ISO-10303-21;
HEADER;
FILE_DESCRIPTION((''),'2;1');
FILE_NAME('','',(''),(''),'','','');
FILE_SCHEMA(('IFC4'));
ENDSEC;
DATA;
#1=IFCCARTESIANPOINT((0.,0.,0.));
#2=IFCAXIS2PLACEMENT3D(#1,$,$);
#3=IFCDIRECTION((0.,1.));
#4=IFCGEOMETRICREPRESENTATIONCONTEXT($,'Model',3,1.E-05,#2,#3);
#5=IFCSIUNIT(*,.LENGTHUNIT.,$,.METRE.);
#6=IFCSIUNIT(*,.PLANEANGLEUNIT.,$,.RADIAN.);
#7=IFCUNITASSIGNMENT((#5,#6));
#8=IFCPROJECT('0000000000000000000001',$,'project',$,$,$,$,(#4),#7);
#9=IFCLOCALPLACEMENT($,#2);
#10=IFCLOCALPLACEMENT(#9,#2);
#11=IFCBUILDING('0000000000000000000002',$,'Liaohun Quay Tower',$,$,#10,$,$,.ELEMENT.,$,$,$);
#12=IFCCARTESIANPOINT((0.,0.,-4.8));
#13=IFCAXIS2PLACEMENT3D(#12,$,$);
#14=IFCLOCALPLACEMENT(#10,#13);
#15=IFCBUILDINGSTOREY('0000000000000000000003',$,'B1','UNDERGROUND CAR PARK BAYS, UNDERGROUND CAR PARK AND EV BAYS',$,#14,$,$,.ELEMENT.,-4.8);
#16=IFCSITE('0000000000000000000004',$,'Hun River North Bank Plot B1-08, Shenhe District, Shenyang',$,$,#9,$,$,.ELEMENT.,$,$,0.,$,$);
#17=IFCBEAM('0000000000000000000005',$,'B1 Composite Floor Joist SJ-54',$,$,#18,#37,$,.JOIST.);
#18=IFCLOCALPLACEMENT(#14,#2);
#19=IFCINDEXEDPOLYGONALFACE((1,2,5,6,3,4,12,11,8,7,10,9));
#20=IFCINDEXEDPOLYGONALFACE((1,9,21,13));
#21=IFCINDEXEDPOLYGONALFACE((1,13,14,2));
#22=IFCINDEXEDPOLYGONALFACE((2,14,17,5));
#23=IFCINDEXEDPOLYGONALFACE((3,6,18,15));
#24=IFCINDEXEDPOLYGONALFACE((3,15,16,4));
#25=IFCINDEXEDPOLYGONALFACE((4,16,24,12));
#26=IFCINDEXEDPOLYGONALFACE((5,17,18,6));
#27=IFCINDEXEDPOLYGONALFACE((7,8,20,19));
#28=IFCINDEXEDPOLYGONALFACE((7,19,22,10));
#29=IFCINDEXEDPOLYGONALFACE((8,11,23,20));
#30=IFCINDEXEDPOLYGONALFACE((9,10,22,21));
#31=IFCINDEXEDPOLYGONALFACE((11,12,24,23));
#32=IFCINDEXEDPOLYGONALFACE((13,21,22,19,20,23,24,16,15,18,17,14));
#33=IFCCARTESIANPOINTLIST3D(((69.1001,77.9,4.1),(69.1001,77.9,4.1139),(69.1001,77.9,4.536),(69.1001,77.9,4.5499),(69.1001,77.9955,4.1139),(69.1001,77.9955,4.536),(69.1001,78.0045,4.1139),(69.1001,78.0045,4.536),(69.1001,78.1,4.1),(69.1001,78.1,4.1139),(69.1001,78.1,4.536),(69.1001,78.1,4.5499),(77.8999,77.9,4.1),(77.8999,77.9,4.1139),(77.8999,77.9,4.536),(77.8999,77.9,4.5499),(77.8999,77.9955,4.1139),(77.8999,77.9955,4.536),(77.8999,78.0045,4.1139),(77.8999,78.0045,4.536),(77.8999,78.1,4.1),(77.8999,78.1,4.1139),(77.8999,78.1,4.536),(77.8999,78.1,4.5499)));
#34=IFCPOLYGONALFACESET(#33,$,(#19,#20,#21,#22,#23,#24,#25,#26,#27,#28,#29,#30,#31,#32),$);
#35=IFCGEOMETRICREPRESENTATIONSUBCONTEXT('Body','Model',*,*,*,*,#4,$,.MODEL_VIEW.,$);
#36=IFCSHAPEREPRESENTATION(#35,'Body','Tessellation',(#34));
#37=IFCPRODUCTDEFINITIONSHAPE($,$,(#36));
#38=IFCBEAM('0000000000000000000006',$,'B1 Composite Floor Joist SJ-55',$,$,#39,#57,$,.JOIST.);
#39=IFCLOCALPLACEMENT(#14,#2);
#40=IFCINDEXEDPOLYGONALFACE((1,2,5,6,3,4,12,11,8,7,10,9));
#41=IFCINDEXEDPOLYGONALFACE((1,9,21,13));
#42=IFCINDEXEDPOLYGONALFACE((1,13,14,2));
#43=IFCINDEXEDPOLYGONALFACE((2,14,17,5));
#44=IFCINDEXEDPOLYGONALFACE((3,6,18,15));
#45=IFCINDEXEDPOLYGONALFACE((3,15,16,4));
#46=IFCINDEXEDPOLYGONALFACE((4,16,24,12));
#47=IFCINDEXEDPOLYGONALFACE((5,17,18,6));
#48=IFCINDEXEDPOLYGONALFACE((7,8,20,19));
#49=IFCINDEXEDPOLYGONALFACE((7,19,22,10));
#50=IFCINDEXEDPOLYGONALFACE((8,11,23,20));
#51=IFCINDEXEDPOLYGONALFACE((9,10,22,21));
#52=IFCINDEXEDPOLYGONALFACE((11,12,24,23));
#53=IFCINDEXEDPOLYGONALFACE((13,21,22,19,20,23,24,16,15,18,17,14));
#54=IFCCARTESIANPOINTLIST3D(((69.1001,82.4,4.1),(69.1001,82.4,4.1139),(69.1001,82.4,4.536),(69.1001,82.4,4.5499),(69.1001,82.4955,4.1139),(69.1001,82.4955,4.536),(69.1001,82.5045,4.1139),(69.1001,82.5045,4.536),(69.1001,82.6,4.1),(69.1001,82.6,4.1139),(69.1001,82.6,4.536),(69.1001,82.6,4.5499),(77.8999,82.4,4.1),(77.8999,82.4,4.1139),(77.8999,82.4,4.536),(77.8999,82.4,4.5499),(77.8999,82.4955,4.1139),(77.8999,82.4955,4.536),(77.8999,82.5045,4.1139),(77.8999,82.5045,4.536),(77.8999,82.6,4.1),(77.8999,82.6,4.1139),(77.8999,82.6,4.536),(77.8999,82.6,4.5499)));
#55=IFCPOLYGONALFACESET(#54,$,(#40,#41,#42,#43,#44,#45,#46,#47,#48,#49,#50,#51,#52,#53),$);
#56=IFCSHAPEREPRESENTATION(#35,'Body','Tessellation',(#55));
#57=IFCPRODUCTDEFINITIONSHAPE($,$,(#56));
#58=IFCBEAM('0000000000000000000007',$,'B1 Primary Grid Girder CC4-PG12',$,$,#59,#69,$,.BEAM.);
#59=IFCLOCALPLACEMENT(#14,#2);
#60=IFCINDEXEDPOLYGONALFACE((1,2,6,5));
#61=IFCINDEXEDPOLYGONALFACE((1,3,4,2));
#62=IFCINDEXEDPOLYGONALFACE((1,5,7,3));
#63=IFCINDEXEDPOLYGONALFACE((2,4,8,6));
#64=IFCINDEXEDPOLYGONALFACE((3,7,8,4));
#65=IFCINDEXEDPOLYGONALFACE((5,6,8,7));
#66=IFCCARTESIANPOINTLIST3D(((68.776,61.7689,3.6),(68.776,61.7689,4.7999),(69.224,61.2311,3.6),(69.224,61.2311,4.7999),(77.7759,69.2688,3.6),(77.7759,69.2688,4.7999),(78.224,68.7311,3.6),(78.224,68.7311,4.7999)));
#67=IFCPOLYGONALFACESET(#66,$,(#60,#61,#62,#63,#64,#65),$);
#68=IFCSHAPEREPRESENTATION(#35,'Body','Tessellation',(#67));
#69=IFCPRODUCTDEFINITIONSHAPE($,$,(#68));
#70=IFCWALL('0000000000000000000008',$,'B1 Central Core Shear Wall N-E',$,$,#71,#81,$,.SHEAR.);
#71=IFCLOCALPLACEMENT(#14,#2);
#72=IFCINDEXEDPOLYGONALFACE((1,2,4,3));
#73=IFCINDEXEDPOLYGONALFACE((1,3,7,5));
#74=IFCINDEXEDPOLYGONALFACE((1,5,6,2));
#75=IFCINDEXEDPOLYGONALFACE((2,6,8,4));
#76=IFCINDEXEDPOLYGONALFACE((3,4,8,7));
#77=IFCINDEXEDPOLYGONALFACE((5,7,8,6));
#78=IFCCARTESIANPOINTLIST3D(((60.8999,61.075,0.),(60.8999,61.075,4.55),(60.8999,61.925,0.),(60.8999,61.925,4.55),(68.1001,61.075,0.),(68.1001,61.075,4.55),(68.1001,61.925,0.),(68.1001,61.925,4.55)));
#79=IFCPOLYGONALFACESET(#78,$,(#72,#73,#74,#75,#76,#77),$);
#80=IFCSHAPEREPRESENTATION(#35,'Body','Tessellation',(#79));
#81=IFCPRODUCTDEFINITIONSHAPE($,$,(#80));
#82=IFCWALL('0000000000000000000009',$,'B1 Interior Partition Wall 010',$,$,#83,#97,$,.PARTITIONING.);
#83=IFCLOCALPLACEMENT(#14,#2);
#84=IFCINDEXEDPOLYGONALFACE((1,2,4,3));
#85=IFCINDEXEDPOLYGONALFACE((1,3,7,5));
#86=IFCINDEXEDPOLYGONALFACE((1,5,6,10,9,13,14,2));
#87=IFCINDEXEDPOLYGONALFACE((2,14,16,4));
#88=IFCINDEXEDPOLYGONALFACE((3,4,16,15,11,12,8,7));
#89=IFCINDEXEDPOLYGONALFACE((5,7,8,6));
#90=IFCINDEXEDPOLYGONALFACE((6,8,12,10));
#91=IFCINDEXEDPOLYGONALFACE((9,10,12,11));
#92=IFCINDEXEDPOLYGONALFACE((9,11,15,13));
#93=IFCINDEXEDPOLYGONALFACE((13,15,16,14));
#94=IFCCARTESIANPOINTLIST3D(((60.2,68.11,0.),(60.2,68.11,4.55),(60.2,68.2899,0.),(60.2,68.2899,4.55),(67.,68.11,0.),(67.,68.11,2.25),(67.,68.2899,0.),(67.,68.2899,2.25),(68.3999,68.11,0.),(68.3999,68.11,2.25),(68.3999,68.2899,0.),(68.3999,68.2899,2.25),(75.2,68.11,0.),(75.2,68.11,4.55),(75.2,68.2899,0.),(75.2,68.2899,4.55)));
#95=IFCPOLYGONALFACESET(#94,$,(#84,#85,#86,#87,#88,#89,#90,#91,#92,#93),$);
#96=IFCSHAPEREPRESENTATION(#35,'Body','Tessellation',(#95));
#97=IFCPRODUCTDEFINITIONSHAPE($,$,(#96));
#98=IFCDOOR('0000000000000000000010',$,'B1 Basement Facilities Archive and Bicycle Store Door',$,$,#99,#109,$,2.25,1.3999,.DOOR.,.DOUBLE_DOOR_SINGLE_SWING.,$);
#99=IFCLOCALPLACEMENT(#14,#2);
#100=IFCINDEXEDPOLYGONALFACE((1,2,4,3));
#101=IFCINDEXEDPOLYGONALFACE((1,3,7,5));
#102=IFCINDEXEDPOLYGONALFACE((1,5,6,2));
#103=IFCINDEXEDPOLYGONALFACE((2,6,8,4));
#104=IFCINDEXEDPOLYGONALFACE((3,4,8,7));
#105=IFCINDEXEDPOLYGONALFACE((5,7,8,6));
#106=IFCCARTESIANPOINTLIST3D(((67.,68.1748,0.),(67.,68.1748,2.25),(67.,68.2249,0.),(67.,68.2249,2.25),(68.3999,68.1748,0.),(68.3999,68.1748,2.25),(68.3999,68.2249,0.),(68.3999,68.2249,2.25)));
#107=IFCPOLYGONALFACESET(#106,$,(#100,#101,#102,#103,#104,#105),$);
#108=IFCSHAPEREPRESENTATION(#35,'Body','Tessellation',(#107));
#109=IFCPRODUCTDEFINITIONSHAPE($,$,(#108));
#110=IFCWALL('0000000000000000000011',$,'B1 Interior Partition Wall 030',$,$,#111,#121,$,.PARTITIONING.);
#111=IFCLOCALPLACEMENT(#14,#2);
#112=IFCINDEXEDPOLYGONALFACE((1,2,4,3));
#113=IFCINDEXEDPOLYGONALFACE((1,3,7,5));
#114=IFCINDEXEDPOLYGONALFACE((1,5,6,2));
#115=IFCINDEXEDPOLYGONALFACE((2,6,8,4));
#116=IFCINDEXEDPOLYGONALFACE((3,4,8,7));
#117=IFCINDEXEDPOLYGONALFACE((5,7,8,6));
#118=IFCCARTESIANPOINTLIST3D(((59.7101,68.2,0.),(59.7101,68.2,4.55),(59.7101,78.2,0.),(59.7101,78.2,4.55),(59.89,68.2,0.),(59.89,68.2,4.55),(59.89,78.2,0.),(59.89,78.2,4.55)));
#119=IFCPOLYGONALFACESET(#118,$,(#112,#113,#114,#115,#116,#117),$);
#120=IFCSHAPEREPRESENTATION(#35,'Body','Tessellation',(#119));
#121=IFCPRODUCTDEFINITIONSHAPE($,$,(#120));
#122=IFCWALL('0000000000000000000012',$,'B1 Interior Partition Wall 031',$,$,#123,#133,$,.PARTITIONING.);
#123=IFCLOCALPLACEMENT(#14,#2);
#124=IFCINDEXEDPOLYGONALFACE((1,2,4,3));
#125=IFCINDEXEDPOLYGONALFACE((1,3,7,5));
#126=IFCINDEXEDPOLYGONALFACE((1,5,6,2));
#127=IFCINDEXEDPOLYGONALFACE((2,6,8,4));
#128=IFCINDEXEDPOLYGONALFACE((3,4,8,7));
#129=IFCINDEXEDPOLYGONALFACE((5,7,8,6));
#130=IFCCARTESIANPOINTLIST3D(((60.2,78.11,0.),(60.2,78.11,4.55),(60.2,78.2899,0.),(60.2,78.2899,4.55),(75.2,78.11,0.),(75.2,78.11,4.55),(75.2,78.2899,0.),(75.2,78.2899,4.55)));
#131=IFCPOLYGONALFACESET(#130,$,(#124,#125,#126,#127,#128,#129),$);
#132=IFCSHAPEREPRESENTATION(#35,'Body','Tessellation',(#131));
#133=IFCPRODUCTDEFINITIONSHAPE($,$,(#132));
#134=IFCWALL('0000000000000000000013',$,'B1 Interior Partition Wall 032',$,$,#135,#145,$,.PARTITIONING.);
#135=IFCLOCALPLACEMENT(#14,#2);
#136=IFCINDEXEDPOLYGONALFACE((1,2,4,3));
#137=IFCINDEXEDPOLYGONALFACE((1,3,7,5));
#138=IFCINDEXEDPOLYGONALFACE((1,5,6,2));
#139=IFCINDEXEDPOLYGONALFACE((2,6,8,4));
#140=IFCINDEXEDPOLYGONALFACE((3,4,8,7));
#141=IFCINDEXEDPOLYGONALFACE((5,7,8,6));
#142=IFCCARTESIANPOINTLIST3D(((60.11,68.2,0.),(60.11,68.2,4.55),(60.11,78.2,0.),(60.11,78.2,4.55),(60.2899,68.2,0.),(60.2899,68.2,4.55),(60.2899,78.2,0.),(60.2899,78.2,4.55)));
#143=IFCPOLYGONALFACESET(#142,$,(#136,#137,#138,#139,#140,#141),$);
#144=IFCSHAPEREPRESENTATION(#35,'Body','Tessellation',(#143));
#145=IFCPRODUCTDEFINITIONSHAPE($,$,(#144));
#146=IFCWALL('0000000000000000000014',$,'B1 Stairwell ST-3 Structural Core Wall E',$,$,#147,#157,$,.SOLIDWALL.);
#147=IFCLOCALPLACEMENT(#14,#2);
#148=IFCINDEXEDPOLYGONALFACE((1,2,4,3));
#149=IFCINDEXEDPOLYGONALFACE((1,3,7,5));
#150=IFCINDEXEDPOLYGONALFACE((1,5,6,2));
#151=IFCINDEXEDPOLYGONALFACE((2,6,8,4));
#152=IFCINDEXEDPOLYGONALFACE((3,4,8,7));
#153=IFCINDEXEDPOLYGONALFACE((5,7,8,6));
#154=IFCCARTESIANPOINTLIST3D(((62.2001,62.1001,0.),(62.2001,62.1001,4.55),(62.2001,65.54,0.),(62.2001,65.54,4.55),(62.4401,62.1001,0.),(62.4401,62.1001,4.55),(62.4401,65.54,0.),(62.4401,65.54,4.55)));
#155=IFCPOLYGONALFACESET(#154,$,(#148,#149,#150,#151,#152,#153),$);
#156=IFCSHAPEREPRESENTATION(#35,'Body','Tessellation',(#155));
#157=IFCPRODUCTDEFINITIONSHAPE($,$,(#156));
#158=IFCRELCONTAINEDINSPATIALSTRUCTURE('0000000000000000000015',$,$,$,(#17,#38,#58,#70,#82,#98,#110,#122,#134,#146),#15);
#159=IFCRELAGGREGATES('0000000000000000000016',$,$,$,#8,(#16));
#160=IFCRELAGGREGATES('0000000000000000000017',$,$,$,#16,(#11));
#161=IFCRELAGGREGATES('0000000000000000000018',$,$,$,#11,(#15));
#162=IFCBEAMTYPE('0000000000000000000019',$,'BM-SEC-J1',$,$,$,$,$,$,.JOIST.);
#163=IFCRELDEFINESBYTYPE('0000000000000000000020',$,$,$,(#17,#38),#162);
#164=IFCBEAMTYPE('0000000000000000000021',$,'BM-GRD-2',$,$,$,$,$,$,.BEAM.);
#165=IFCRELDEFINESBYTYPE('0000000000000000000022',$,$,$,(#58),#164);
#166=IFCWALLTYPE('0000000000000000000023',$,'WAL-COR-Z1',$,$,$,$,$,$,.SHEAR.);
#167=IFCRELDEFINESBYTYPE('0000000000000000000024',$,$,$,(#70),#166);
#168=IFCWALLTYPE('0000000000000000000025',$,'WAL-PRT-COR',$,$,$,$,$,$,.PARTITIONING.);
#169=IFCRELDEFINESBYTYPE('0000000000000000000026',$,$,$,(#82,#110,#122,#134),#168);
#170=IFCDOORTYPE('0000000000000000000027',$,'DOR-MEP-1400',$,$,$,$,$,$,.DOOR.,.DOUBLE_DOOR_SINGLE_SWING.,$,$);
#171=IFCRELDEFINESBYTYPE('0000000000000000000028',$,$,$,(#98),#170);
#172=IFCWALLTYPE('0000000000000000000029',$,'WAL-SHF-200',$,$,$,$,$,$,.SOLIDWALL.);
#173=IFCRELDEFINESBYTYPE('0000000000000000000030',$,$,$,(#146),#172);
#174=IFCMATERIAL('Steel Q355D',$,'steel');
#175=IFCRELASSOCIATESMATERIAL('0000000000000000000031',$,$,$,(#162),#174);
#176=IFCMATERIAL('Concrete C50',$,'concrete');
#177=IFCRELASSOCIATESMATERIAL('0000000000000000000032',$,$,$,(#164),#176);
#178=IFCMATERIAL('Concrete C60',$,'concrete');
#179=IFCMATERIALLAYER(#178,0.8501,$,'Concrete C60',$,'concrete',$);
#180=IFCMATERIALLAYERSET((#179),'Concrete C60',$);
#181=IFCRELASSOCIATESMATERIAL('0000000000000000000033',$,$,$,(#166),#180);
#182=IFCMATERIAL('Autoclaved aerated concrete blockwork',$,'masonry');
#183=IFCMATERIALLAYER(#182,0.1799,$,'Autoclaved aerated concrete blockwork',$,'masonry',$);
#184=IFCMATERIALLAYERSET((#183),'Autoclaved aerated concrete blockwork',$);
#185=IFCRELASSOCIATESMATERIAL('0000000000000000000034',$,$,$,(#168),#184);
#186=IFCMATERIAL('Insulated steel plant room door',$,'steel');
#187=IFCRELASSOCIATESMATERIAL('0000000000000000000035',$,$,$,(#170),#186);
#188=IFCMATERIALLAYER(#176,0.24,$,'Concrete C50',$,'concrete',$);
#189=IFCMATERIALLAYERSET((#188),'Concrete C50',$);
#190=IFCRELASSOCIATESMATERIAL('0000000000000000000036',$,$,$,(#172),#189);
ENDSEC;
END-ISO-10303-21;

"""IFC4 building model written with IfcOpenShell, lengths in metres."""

from ifc_helpers import new_model, si_unit, direction, frame, frame_2d, origin, origin_2d, place, context, subcontext, project, spatial, rectangle, i_section, extrude, source, transform, mapped, material, layer, layer_set, material_profile, profile_set, type_object, element, fill, save


model = new_model("IFC4")

# Units and contexts
model_context = context("Model", 3, precision=1e-05, world=origin(), true_north=direction((0.0, 1.0)))
body_context = subcontext(model_context, "Body", "Model", "MODEL_VIEW")
ifc_project = project(units=[si_unit("LENGTHUNIT", "METRE"), si_unit("PLANEANGLEUNIT", "RADIAN")], contexts=[model_context])

# Site, building, storey
site_placement = place(None, origin())
site = spatial("IfcSite", under=ifc_project, at=site_placement, Name="Hun River North Bank Plot B1-08, Shenhe District, Shenyang", CompositionType="ELEMENT", RefElevation=0.0)
building_placement = place(site_placement, origin())
building = spatial("IfcBuilding", under=site, at=building_placement, Name="Liaohun Quay Tower", CompositionType="ELEMENT")
storey_placement = place(building_placement, frame((0.0, 0.0, -4.8)))
storey = spatial("IfcBuildingStorey", under=building, at=storey_placement, Name="B1", Description="UNDERGROUND CAR PARK BAYS, UNDERGROUND CAR PARK AND EV BAYS", CompositionType="ELEMENT", Elevation=-4.8)

# Shared definitions
ifc_material_1 = material(Name="Concrete C60", Category="concrete")

# Beams
ifc_material_2 = material(Name="Steel Q355D", Category="steel")
ifc_material_profile_1 = material_profile(ifc_material_2, i_section(OverallWidth=0.2, OverallDepth=0.45, WebThickness=0.009, FlangeThickness=0.0139, at=origin_2d()), Name="HN450x200x9x14")
ifc_profile_set_1 = profile_set([ifc_material_profile_1], Name="Steel Q355D")
beam_type_1 = type_object("IfcBeamType", Name="BM-SEC-J1", PredefinedType="JOIST", material=ifc_profile_set_1)
shared_shape_1 = source(origin(), body_context, "Body", "SweptSolid", [
    extrude(i_section(OverallWidth=0.2, OverallDepth=0.45, WebThickness=0.009, FlangeThickness=0.0139, at=origin_2d()), origin(), (0.0, 0.0, 1.0), 8.7998),
])
for number, where, z_axis, x_axis, name in (
    (1, (69.1001, 78.0, 4.325), (1.0, 0.0, 0.0), (0.0, 1.0, 0.0), "B1 Composite Floor Joist SJ-54"),
    (2, (69.1001, 82.5, 4.325), (1.0, 0.0, 0.0), (0.0, 1.0, 0.0), "B1 Composite Floor Joist SJ-55"),
):
    element("IfcBeam", number, at=place(storey_placement, frame(where, z_axis=z_axis, x_axis=x_axis)), inside=storey, type_object=beam_type_1, Name=name, PredefinedType="JOIST", context=body_context, shape_type="MappedRepresentation", body=[
        mapped(shared_shape_1, transform((0.0, 0.0, 0.0), x_axis=(1.0, 0.0, 0.0), y_axis=(0.0, 1.0, 0.0), z_axis=(0.0, 0.0, 1.0), scale=1.0)),
    ])
ifc_material_3 = material(Name="Concrete C50", Category="concrete")
ifc_material_profile_2 = material_profile(ifc_material_3, rectangle(XDim=0.7, YDim=1.2, at=origin_2d()), Name="RC700x1200")
ifc_profile_set_2 = profile_set([ifc_material_profile_2], Name="Concrete C50")
beam_type_2 = type_object("IfcBeamType", Name="BM-GRD-2", PredefinedType="BEAM", material=ifc_profile_set_2)
shared_shape_2 = source(origin(), body_context, "Body", "SweptSolid", [
    extrude(rectangle(XDim=0.7, YDim=1.2, at=origin_2d()), origin(), (0.0, 0.0, 1.0), 11.7153),
])
beam_1_placement = place(storey_placement, frame((69.0, 61.5, 4.2), z_axis=(0.768221, 0.640184, 0.0), x_axis=(-0.640184, 0.768221, 0.0)))
element("IfcBeam", 3, at=beam_1_placement, inside=storey, type_object=beam_type_2, Name="B1 Primary Grid Girder CC4-PG12", PredefinedType="BEAM", context=body_context, shape_type="MappedRepresentation", body=[
    mapped(shared_shape_2, transform((0.0, 0.0, 0.0), x_axis=(1.0, 0.0, 0.0), y_axis=(0.0, 1.0, 0.0), z_axis=(0.0, 0.0, 1.0), scale=1.0)),
])

# Wall
ifc_layer_1 = layer(ifc_material_1, 0.8501, Name="Concrete C60", Category="concrete")
ifc_layer_set_1 = layer_set([ifc_layer_1], Name="Concrete C60")
wall_type_1 = type_object("IfcWallType", Name="WAL-COR-Z1", PredefinedType="SHEAR", material=ifc_layer_set_1)
wall_1_placement = place(storey_placement, frame((60.8999, 61.5, 0.0), z_axis=(0.0, 0.0, 1.0), x_axis=(1.0, 0.0, 0.0)))
element("IfcWall", 4, at=wall_1_placement, inside=storey, type_object=wall_type_1, Name="B1 Central Core Shear Wall N-E", PredefinedType="SHEAR", context=body_context, shape_type="SweptSolid", body=[
    extrude(rectangle(XDim=7.2002, YDim=0.8501, at=frame_2d((3.6001, 0.0))), origin(), (0.0, 0.0, 1.0), 4.55),
])

# Wall, opening, door
ifc_material_4 = material(Name="Autoclaved aerated concrete blockwork", Category="masonry")
ifc_layer_2 = layer(ifc_material_4, 0.1799, Name="Autoclaved aerated concrete blockwork", Category="masonry")
ifc_layer_set_2 = layer_set([ifc_layer_2], Name="Autoclaved aerated concrete blockwork")
wall_type_2 = type_object("IfcWallType", Name="WAL-PRT-COR", PredefinedType="PARTITIONING", material=ifc_layer_set_2)
wall_2_placement = place(storey_placement, frame((60.2, 68.2, 0.0), z_axis=(0.0, 0.0, 1.0), x_axis=(1.0, 0.0, 0.0)))
wall_2 = element("IfcWall", 5, at=wall_2_placement, inside=storey, type_object=wall_type_2, Name="B1 Interior Partition Wall 010", PredefinedType="PARTITIONING", context=body_context, shape_type="SweptSolid", body=[
    extrude(rectangle(XDim=15.0, YDim=0.1799, at=frame_2d((7.5, 0.0))), origin(), (0.0, 0.0, 1.0), 4.55),
])
shared_shape_3 = source(origin(), body_context, "Body", "SweptSolid", [
    extrude(rectangle(XDim=1.3999, YDim=2.25, at=frame_2d((0.7, 1.125))), frame((0.0, 0.0999, 0.0), z_axis=(0.0, -1.0, 0.0), x_axis=(1.0, 0.0, 0.0)), (0.0, 0.0, 1.0), 0.2),
])
opening_1_placement = place(wall_2_placement, frame((6.8, 0.0, 0.0)))
opening_1 = element("IfcOpeningElement", 6, at=opening_1_placement, cuts=wall_2, PredefinedType="OPENING", context=body_context, shape_type="MappedRepresentation", body=[
    mapped(shared_shape_3, transform((0.0, 0.0, 0.0), x_axis=(1.0, 0.0, 0.0), y_axis=(0.0, 1.0, 0.0), z_axis=(0.0, 0.0, 1.0), scale=1.0)),
])
ifc_material_5 = material(Name="Insulated steel plant room door", Category="steel")
door_type_1 = type_object("IfcDoorType", Name="DOR-MEP-1400", OperationType="DOUBLE_DOOR_SINGLE_SWING", PredefinedType="DOOR", material=ifc_material_5)
shared_shape_4 = source(origin(), body_context, "Body", "SweptSolid", [
    extrude(rectangle(XDim=1.3999, YDim=2.25, at=frame_2d((0.7, 1.125))), frame((0.0, 0.0249, 0.0), z_axis=(0.0, -1.0, 0.0), x_axis=(1.0, 0.0, 0.0)), (0.0, 0.0, 1.0), 0.05),
])
door_1_placement = place(opening_1_placement, origin())
door_1 = element("IfcDoor", 7, at=door_1_placement, inside=storey, type_object=door_type_1, Name="B1 Basement Facilities Archive and Bicycle Store Door", OperationType="DOUBLE_DOOR_SINGLE_SWING", OverallHeight=2.25, OverallWidth=1.3999, PredefinedType="DOOR", context=body_context, shape_type="MappedRepresentation", body=[
    mapped(shared_shape_4, transform((0.0, 0.0, 0.0), x_axis=(1.0, 0.0, 0.0), y_axis=(0.0, 1.0, 0.0), z_axis=(0.0, 0.0, 1.0), scale=1.0)),
])
fill(opening_1, door_1)

# Walls
wall_3_placement = place(storey_placement, frame((59.8, 68.2, 0.0), z_axis=(0.0, 0.0, 1.0), x_axis=(0.0, 1.0, 0.0)))
element("IfcWall", 8, at=wall_3_placement, inside=storey, type_object=wall_type_2, Name="B1 Interior Partition Wall 030", PredefinedType="PARTITIONING", context=body_context, shape_type="SweptSolid", body=[
    extrude(rectangle(XDim=10.0, YDim=0.1799, at=frame_2d((5.0, 0.0))), origin(), (0.0, 0.0, 1.0), 4.55),
])
wall_4_placement = place(storey_placement, frame((60.2, 78.2, 0.0), z_axis=(0.0, 0.0, 1.0), x_axis=(1.0, 0.0, 0.0)))
element("IfcWall", 9, at=wall_4_placement, inside=storey, type_object=wall_type_2, Name="B1 Interior Partition Wall 031", PredefinedType="PARTITIONING", context=body_context, shape_type="SweptSolid", body=[
    extrude(rectangle(XDim=15.0, YDim=0.1799, at=frame_2d((7.5, 0.0))), origin(), (0.0, 0.0, 1.0), 4.55),
])
wall_5_placement = place(storey_placement, frame((60.2, 68.2, 0.0), z_axis=(0.0, 0.0, 1.0), x_axis=(0.0, 1.0, 0.0)))
element("IfcWall", 10, at=wall_5_placement, inside=storey, type_object=wall_type_2, Name="B1 Interior Partition Wall 032", PredefinedType="PARTITIONING", context=body_context, shape_type="SweptSolid", body=[
    extrude(rectangle(XDim=10.0, YDim=0.1799, at=frame_2d((5.0, 0.0))), origin(), (0.0, 0.0, 1.0), 4.55),
])
ifc_layer_3 = layer(ifc_material_3, 0.24, Name="Concrete C50", Category="concrete")
ifc_layer_set_3 = layer_set([ifc_layer_3], Name="Concrete C50")
wall_type_3 = type_object("IfcWallType", Name="WAL-SHF-200", PredefinedType="SOLIDWALL", material=ifc_layer_set_3)
wall_6_placement = place(storey_placement, frame((62.3201, 62.1001, 0.0), z_axis=(0.0, 0.0, 1.0), x_axis=(0.0, 1.0, 0.0)))
element("IfcWall", 11, at=wall_6_placement, inside=storey, type_object=wall_type_3, Name="B1 Stairwell ST-3 Structural Core Wall E", PredefinedType="SOLIDWALL", context=body_context, shape_type="SweptSolid", body=[
    extrude(rectangle(XDim=3.4399, YDim=0.24, at=frame_2d((1.72, 0.0))), origin(), (0.0, 0.0, 1.0), 4.55),
])

save(model, "model.ifc")
